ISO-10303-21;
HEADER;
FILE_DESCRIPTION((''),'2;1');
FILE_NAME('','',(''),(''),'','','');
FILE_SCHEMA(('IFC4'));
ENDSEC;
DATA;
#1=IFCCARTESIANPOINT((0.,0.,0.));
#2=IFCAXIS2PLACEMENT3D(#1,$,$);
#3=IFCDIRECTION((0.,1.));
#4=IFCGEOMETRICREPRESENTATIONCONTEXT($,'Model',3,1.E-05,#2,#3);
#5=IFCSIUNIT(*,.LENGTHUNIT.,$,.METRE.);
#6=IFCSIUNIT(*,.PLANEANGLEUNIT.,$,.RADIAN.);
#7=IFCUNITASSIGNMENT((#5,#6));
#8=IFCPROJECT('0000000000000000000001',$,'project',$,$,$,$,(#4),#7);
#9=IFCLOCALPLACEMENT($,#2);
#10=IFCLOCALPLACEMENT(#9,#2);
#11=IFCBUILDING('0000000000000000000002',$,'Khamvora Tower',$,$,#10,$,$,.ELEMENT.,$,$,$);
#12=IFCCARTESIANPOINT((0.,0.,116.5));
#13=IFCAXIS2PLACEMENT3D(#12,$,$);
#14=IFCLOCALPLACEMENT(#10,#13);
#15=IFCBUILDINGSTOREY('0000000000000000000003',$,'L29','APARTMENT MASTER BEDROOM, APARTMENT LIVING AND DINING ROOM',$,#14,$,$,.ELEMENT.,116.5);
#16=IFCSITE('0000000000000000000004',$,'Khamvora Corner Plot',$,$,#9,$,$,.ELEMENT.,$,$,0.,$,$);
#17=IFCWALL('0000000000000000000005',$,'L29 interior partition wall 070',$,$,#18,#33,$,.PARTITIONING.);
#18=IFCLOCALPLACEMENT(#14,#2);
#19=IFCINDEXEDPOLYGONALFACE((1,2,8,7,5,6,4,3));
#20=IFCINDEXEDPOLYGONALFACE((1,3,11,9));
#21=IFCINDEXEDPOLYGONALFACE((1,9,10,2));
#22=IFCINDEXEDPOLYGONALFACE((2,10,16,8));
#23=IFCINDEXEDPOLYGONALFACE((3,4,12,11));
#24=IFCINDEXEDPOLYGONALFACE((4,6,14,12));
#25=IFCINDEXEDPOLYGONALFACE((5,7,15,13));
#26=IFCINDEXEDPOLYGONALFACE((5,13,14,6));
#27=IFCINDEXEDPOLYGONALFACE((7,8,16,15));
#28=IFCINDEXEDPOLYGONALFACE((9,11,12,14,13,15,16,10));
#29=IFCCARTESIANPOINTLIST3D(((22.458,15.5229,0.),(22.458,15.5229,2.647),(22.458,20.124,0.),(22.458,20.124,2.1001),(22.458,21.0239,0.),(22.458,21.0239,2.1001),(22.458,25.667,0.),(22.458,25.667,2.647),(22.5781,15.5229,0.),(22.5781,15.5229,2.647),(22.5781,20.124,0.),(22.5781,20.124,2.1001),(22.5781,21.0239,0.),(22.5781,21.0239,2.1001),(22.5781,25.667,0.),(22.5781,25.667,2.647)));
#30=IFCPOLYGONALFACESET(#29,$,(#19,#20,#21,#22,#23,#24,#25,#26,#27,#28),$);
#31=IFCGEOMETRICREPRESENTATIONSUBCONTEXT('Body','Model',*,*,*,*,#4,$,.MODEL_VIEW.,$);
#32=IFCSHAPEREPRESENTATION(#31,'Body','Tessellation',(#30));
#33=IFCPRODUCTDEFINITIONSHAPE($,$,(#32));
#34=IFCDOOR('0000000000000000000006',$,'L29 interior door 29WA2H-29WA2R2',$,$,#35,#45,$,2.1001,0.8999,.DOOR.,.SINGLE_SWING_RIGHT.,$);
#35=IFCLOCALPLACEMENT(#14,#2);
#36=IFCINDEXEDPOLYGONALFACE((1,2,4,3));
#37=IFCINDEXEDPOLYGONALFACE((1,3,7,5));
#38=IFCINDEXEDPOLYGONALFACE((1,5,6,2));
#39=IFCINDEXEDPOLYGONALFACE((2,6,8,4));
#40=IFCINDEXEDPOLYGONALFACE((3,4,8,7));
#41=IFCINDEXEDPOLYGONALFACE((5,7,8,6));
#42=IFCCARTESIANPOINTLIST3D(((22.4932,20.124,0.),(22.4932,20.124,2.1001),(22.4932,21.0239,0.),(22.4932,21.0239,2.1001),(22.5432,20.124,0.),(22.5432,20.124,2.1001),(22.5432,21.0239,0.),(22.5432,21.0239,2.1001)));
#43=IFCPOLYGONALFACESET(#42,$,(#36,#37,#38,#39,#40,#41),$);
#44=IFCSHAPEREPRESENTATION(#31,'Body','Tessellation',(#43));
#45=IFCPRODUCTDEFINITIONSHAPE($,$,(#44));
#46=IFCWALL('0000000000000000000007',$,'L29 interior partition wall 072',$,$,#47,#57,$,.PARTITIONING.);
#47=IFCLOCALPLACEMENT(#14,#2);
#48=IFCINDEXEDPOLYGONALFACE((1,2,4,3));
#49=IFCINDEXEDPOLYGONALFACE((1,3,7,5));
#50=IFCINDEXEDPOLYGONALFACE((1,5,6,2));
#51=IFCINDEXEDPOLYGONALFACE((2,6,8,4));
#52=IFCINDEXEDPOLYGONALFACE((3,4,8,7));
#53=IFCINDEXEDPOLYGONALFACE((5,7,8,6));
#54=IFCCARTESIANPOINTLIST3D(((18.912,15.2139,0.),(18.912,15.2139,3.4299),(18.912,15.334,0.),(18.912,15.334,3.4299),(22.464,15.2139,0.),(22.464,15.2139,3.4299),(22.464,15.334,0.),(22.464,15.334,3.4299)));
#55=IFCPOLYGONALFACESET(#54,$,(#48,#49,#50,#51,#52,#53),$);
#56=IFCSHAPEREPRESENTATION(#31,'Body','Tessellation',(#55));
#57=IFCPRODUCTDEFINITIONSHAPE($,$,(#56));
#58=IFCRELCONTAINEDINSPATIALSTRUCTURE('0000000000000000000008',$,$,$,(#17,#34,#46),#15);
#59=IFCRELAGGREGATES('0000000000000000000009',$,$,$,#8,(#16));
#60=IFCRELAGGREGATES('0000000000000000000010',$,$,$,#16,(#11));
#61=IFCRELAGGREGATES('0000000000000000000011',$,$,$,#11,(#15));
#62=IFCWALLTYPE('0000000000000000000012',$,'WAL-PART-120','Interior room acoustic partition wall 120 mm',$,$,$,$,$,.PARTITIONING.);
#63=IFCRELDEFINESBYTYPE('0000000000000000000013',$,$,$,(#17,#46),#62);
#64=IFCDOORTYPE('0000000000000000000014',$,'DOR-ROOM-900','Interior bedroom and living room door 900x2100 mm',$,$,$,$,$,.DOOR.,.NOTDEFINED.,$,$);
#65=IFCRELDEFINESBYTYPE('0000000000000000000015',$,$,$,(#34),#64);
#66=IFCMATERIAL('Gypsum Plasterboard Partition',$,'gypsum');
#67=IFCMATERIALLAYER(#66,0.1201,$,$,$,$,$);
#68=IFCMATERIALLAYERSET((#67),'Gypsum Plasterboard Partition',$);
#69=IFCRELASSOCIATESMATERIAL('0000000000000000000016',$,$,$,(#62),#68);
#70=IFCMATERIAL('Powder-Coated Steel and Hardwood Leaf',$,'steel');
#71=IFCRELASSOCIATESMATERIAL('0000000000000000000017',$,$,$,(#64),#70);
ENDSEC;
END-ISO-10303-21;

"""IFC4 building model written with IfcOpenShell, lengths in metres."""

from ifc_helpers import new_model, si_unit, direction, frame, frame_2d, origin, place, context, subcontext, project, spatial, rectangle, extrude, material, layer, layer_set, type_object, element, fill, save


model = new_model("IFC4")

# Units and contexts
model_context = context("Model", 3, precision=1e-05, world=origin(), true_north=direction((0.0, 1.0)))
body_context = subcontext(model_context, "Body", "Model", "MODEL_VIEW")
ifc_project = project(units=[si_unit("LENGTHUNIT", "METRE"), si_unit("PLANEANGLEUNIT", "RADIAN")], contexts=[model_context])

# Site, building, storey
site_placement = place(None, origin())
site = spatial("IfcSite", under=ifc_project, at=site_placement, Name="Khamvora Corner Plot", CompositionType="ELEMENT", RefElevation=0.0)
building_placement = place(site_placement, origin())
building = spatial("IfcBuilding", under=site, at=building_placement, Name="Khamvora Tower", CompositionType="ELEMENT")
storey_placement = place(building_placement, frame((0.0, 0.0, 116.5)))
storey = spatial("IfcBuildingStorey", under=building, at=storey_placement, Name="L29", Description="APARTMENT MASTER BEDROOM, APARTMENT LIVING AND DINING ROOM", CompositionType="ELEMENT", Elevation=116.5)

# Shared definitions
ifc_material_1 = material(Name="Gypsum Plasterboard Partition", Category="gypsum")
ifc_layer_1 = layer(ifc_material_1, 0.1201)
ifc_layer_set_1 = layer_set([ifc_layer_1], Name="Gypsum Plasterboard Partition")
wall_type_1 = type_object("IfcWallType", Name="WAL-PART-120", Description="Interior room acoustic partition wall 120 mm", PredefinedType="PARTITIONING", material=ifc_layer_set_1)
ifc_material_2 = material(Name="Powder-Coated Steel and Hardwood Leaf", Category="steel")
door_type = type_object("IfcDoorType", Name="DOR-ROOM-900", Description="Interior bedroom and living room door 900x2100 mm", OperationType="NOTDEFINED", PredefinedType="DOOR", material=ifc_material_2)

# Wall, opening, door
wall_1_placement = place(storey_placement, frame((22.5181, 15.5229, 0.0), z_axis=(0.0, 0.0, 1.0), x_axis=(0.0, 1.0, 0.0)))
wall_1 = element("IfcWall", 1, at=wall_1_placement, inside=storey, type_object=wall_type_1, Name="L29 interior partition wall 070", PredefinedType="PARTITIONING", context=body_context, shape_type="SweptSolid", body=[
    extrude(rectangle(XDim=10.144, YDim=0.1201, at=frame_2d((5.072, 0.0))), origin(), (0.0, 0.0, 1.0), 2.647),
])
opening_1_placement = place(wall_1_placement, frame((4.6011, 0.0, 0.0)))
opening_1 = element("IfcOpeningElement", 2, at=opening_1_placement, cuts=wall_1, PredefinedType="OPENING", context=body_context, shape_type="SweptSolid", body=[
    extrude(rectangle(XDim=0.8999, YDim=2.1001, at=frame_2d((0.45, 1.05))), frame((0.0, 0.0701, 0.0), z_axis=(0.0, -1.0, 0.0), x_axis=(1.0, 0.0, 0.0)), (0.0, 0.0, 1.0), 0.1401),
])
door_1_placement = place(opening_1_placement, origin())
door_1 = element("IfcDoor", 3, at=door_1_placement, inside=storey, type_object=door_type, Name="L29 interior door 29WA2H-29WA2R2", OperationType="SINGLE_SWING_RIGHT", OverallHeight=2.1001, OverallWidth=0.8999, PredefinedType="DOOR", context=body_context, shape_type="SweptSolid", body=[
    extrude(rectangle(XDim=0.8999, YDim=2.1001, at=frame_2d((0.45, 1.05))), frame((0.0, 0.0249, 0.0), z_axis=(0.0, -1.0, 0.0), x_axis=(1.0, 0.0, 0.0)), (0.0, 0.0, 1.0), 0.05),
])
fill(opening_1, door_1)

# Wall
wall_2_placement = place(storey_placement, frame((18.9121, 15.2739, 0.0), z_axis=(0.0, 0.0, 1.0), x_axis=(1.0, 0.0, 0.0)))
element("IfcWall", 4, at=wall_2_placement, inside=storey, type_object=wall_type_1, Name="L29 interior partition wall 072", PredefinedType="PARTITIONING", context=body_context, shape_type="SweptSolid", body=[
    extrude(rectangle(XDim=3.552, YDim=0.1201, at=frame_2d((1.7759, 0.0))), origin(), (0.0, 0.0, 1.0), 3.4299),
])

save(model, "model.ifc")
